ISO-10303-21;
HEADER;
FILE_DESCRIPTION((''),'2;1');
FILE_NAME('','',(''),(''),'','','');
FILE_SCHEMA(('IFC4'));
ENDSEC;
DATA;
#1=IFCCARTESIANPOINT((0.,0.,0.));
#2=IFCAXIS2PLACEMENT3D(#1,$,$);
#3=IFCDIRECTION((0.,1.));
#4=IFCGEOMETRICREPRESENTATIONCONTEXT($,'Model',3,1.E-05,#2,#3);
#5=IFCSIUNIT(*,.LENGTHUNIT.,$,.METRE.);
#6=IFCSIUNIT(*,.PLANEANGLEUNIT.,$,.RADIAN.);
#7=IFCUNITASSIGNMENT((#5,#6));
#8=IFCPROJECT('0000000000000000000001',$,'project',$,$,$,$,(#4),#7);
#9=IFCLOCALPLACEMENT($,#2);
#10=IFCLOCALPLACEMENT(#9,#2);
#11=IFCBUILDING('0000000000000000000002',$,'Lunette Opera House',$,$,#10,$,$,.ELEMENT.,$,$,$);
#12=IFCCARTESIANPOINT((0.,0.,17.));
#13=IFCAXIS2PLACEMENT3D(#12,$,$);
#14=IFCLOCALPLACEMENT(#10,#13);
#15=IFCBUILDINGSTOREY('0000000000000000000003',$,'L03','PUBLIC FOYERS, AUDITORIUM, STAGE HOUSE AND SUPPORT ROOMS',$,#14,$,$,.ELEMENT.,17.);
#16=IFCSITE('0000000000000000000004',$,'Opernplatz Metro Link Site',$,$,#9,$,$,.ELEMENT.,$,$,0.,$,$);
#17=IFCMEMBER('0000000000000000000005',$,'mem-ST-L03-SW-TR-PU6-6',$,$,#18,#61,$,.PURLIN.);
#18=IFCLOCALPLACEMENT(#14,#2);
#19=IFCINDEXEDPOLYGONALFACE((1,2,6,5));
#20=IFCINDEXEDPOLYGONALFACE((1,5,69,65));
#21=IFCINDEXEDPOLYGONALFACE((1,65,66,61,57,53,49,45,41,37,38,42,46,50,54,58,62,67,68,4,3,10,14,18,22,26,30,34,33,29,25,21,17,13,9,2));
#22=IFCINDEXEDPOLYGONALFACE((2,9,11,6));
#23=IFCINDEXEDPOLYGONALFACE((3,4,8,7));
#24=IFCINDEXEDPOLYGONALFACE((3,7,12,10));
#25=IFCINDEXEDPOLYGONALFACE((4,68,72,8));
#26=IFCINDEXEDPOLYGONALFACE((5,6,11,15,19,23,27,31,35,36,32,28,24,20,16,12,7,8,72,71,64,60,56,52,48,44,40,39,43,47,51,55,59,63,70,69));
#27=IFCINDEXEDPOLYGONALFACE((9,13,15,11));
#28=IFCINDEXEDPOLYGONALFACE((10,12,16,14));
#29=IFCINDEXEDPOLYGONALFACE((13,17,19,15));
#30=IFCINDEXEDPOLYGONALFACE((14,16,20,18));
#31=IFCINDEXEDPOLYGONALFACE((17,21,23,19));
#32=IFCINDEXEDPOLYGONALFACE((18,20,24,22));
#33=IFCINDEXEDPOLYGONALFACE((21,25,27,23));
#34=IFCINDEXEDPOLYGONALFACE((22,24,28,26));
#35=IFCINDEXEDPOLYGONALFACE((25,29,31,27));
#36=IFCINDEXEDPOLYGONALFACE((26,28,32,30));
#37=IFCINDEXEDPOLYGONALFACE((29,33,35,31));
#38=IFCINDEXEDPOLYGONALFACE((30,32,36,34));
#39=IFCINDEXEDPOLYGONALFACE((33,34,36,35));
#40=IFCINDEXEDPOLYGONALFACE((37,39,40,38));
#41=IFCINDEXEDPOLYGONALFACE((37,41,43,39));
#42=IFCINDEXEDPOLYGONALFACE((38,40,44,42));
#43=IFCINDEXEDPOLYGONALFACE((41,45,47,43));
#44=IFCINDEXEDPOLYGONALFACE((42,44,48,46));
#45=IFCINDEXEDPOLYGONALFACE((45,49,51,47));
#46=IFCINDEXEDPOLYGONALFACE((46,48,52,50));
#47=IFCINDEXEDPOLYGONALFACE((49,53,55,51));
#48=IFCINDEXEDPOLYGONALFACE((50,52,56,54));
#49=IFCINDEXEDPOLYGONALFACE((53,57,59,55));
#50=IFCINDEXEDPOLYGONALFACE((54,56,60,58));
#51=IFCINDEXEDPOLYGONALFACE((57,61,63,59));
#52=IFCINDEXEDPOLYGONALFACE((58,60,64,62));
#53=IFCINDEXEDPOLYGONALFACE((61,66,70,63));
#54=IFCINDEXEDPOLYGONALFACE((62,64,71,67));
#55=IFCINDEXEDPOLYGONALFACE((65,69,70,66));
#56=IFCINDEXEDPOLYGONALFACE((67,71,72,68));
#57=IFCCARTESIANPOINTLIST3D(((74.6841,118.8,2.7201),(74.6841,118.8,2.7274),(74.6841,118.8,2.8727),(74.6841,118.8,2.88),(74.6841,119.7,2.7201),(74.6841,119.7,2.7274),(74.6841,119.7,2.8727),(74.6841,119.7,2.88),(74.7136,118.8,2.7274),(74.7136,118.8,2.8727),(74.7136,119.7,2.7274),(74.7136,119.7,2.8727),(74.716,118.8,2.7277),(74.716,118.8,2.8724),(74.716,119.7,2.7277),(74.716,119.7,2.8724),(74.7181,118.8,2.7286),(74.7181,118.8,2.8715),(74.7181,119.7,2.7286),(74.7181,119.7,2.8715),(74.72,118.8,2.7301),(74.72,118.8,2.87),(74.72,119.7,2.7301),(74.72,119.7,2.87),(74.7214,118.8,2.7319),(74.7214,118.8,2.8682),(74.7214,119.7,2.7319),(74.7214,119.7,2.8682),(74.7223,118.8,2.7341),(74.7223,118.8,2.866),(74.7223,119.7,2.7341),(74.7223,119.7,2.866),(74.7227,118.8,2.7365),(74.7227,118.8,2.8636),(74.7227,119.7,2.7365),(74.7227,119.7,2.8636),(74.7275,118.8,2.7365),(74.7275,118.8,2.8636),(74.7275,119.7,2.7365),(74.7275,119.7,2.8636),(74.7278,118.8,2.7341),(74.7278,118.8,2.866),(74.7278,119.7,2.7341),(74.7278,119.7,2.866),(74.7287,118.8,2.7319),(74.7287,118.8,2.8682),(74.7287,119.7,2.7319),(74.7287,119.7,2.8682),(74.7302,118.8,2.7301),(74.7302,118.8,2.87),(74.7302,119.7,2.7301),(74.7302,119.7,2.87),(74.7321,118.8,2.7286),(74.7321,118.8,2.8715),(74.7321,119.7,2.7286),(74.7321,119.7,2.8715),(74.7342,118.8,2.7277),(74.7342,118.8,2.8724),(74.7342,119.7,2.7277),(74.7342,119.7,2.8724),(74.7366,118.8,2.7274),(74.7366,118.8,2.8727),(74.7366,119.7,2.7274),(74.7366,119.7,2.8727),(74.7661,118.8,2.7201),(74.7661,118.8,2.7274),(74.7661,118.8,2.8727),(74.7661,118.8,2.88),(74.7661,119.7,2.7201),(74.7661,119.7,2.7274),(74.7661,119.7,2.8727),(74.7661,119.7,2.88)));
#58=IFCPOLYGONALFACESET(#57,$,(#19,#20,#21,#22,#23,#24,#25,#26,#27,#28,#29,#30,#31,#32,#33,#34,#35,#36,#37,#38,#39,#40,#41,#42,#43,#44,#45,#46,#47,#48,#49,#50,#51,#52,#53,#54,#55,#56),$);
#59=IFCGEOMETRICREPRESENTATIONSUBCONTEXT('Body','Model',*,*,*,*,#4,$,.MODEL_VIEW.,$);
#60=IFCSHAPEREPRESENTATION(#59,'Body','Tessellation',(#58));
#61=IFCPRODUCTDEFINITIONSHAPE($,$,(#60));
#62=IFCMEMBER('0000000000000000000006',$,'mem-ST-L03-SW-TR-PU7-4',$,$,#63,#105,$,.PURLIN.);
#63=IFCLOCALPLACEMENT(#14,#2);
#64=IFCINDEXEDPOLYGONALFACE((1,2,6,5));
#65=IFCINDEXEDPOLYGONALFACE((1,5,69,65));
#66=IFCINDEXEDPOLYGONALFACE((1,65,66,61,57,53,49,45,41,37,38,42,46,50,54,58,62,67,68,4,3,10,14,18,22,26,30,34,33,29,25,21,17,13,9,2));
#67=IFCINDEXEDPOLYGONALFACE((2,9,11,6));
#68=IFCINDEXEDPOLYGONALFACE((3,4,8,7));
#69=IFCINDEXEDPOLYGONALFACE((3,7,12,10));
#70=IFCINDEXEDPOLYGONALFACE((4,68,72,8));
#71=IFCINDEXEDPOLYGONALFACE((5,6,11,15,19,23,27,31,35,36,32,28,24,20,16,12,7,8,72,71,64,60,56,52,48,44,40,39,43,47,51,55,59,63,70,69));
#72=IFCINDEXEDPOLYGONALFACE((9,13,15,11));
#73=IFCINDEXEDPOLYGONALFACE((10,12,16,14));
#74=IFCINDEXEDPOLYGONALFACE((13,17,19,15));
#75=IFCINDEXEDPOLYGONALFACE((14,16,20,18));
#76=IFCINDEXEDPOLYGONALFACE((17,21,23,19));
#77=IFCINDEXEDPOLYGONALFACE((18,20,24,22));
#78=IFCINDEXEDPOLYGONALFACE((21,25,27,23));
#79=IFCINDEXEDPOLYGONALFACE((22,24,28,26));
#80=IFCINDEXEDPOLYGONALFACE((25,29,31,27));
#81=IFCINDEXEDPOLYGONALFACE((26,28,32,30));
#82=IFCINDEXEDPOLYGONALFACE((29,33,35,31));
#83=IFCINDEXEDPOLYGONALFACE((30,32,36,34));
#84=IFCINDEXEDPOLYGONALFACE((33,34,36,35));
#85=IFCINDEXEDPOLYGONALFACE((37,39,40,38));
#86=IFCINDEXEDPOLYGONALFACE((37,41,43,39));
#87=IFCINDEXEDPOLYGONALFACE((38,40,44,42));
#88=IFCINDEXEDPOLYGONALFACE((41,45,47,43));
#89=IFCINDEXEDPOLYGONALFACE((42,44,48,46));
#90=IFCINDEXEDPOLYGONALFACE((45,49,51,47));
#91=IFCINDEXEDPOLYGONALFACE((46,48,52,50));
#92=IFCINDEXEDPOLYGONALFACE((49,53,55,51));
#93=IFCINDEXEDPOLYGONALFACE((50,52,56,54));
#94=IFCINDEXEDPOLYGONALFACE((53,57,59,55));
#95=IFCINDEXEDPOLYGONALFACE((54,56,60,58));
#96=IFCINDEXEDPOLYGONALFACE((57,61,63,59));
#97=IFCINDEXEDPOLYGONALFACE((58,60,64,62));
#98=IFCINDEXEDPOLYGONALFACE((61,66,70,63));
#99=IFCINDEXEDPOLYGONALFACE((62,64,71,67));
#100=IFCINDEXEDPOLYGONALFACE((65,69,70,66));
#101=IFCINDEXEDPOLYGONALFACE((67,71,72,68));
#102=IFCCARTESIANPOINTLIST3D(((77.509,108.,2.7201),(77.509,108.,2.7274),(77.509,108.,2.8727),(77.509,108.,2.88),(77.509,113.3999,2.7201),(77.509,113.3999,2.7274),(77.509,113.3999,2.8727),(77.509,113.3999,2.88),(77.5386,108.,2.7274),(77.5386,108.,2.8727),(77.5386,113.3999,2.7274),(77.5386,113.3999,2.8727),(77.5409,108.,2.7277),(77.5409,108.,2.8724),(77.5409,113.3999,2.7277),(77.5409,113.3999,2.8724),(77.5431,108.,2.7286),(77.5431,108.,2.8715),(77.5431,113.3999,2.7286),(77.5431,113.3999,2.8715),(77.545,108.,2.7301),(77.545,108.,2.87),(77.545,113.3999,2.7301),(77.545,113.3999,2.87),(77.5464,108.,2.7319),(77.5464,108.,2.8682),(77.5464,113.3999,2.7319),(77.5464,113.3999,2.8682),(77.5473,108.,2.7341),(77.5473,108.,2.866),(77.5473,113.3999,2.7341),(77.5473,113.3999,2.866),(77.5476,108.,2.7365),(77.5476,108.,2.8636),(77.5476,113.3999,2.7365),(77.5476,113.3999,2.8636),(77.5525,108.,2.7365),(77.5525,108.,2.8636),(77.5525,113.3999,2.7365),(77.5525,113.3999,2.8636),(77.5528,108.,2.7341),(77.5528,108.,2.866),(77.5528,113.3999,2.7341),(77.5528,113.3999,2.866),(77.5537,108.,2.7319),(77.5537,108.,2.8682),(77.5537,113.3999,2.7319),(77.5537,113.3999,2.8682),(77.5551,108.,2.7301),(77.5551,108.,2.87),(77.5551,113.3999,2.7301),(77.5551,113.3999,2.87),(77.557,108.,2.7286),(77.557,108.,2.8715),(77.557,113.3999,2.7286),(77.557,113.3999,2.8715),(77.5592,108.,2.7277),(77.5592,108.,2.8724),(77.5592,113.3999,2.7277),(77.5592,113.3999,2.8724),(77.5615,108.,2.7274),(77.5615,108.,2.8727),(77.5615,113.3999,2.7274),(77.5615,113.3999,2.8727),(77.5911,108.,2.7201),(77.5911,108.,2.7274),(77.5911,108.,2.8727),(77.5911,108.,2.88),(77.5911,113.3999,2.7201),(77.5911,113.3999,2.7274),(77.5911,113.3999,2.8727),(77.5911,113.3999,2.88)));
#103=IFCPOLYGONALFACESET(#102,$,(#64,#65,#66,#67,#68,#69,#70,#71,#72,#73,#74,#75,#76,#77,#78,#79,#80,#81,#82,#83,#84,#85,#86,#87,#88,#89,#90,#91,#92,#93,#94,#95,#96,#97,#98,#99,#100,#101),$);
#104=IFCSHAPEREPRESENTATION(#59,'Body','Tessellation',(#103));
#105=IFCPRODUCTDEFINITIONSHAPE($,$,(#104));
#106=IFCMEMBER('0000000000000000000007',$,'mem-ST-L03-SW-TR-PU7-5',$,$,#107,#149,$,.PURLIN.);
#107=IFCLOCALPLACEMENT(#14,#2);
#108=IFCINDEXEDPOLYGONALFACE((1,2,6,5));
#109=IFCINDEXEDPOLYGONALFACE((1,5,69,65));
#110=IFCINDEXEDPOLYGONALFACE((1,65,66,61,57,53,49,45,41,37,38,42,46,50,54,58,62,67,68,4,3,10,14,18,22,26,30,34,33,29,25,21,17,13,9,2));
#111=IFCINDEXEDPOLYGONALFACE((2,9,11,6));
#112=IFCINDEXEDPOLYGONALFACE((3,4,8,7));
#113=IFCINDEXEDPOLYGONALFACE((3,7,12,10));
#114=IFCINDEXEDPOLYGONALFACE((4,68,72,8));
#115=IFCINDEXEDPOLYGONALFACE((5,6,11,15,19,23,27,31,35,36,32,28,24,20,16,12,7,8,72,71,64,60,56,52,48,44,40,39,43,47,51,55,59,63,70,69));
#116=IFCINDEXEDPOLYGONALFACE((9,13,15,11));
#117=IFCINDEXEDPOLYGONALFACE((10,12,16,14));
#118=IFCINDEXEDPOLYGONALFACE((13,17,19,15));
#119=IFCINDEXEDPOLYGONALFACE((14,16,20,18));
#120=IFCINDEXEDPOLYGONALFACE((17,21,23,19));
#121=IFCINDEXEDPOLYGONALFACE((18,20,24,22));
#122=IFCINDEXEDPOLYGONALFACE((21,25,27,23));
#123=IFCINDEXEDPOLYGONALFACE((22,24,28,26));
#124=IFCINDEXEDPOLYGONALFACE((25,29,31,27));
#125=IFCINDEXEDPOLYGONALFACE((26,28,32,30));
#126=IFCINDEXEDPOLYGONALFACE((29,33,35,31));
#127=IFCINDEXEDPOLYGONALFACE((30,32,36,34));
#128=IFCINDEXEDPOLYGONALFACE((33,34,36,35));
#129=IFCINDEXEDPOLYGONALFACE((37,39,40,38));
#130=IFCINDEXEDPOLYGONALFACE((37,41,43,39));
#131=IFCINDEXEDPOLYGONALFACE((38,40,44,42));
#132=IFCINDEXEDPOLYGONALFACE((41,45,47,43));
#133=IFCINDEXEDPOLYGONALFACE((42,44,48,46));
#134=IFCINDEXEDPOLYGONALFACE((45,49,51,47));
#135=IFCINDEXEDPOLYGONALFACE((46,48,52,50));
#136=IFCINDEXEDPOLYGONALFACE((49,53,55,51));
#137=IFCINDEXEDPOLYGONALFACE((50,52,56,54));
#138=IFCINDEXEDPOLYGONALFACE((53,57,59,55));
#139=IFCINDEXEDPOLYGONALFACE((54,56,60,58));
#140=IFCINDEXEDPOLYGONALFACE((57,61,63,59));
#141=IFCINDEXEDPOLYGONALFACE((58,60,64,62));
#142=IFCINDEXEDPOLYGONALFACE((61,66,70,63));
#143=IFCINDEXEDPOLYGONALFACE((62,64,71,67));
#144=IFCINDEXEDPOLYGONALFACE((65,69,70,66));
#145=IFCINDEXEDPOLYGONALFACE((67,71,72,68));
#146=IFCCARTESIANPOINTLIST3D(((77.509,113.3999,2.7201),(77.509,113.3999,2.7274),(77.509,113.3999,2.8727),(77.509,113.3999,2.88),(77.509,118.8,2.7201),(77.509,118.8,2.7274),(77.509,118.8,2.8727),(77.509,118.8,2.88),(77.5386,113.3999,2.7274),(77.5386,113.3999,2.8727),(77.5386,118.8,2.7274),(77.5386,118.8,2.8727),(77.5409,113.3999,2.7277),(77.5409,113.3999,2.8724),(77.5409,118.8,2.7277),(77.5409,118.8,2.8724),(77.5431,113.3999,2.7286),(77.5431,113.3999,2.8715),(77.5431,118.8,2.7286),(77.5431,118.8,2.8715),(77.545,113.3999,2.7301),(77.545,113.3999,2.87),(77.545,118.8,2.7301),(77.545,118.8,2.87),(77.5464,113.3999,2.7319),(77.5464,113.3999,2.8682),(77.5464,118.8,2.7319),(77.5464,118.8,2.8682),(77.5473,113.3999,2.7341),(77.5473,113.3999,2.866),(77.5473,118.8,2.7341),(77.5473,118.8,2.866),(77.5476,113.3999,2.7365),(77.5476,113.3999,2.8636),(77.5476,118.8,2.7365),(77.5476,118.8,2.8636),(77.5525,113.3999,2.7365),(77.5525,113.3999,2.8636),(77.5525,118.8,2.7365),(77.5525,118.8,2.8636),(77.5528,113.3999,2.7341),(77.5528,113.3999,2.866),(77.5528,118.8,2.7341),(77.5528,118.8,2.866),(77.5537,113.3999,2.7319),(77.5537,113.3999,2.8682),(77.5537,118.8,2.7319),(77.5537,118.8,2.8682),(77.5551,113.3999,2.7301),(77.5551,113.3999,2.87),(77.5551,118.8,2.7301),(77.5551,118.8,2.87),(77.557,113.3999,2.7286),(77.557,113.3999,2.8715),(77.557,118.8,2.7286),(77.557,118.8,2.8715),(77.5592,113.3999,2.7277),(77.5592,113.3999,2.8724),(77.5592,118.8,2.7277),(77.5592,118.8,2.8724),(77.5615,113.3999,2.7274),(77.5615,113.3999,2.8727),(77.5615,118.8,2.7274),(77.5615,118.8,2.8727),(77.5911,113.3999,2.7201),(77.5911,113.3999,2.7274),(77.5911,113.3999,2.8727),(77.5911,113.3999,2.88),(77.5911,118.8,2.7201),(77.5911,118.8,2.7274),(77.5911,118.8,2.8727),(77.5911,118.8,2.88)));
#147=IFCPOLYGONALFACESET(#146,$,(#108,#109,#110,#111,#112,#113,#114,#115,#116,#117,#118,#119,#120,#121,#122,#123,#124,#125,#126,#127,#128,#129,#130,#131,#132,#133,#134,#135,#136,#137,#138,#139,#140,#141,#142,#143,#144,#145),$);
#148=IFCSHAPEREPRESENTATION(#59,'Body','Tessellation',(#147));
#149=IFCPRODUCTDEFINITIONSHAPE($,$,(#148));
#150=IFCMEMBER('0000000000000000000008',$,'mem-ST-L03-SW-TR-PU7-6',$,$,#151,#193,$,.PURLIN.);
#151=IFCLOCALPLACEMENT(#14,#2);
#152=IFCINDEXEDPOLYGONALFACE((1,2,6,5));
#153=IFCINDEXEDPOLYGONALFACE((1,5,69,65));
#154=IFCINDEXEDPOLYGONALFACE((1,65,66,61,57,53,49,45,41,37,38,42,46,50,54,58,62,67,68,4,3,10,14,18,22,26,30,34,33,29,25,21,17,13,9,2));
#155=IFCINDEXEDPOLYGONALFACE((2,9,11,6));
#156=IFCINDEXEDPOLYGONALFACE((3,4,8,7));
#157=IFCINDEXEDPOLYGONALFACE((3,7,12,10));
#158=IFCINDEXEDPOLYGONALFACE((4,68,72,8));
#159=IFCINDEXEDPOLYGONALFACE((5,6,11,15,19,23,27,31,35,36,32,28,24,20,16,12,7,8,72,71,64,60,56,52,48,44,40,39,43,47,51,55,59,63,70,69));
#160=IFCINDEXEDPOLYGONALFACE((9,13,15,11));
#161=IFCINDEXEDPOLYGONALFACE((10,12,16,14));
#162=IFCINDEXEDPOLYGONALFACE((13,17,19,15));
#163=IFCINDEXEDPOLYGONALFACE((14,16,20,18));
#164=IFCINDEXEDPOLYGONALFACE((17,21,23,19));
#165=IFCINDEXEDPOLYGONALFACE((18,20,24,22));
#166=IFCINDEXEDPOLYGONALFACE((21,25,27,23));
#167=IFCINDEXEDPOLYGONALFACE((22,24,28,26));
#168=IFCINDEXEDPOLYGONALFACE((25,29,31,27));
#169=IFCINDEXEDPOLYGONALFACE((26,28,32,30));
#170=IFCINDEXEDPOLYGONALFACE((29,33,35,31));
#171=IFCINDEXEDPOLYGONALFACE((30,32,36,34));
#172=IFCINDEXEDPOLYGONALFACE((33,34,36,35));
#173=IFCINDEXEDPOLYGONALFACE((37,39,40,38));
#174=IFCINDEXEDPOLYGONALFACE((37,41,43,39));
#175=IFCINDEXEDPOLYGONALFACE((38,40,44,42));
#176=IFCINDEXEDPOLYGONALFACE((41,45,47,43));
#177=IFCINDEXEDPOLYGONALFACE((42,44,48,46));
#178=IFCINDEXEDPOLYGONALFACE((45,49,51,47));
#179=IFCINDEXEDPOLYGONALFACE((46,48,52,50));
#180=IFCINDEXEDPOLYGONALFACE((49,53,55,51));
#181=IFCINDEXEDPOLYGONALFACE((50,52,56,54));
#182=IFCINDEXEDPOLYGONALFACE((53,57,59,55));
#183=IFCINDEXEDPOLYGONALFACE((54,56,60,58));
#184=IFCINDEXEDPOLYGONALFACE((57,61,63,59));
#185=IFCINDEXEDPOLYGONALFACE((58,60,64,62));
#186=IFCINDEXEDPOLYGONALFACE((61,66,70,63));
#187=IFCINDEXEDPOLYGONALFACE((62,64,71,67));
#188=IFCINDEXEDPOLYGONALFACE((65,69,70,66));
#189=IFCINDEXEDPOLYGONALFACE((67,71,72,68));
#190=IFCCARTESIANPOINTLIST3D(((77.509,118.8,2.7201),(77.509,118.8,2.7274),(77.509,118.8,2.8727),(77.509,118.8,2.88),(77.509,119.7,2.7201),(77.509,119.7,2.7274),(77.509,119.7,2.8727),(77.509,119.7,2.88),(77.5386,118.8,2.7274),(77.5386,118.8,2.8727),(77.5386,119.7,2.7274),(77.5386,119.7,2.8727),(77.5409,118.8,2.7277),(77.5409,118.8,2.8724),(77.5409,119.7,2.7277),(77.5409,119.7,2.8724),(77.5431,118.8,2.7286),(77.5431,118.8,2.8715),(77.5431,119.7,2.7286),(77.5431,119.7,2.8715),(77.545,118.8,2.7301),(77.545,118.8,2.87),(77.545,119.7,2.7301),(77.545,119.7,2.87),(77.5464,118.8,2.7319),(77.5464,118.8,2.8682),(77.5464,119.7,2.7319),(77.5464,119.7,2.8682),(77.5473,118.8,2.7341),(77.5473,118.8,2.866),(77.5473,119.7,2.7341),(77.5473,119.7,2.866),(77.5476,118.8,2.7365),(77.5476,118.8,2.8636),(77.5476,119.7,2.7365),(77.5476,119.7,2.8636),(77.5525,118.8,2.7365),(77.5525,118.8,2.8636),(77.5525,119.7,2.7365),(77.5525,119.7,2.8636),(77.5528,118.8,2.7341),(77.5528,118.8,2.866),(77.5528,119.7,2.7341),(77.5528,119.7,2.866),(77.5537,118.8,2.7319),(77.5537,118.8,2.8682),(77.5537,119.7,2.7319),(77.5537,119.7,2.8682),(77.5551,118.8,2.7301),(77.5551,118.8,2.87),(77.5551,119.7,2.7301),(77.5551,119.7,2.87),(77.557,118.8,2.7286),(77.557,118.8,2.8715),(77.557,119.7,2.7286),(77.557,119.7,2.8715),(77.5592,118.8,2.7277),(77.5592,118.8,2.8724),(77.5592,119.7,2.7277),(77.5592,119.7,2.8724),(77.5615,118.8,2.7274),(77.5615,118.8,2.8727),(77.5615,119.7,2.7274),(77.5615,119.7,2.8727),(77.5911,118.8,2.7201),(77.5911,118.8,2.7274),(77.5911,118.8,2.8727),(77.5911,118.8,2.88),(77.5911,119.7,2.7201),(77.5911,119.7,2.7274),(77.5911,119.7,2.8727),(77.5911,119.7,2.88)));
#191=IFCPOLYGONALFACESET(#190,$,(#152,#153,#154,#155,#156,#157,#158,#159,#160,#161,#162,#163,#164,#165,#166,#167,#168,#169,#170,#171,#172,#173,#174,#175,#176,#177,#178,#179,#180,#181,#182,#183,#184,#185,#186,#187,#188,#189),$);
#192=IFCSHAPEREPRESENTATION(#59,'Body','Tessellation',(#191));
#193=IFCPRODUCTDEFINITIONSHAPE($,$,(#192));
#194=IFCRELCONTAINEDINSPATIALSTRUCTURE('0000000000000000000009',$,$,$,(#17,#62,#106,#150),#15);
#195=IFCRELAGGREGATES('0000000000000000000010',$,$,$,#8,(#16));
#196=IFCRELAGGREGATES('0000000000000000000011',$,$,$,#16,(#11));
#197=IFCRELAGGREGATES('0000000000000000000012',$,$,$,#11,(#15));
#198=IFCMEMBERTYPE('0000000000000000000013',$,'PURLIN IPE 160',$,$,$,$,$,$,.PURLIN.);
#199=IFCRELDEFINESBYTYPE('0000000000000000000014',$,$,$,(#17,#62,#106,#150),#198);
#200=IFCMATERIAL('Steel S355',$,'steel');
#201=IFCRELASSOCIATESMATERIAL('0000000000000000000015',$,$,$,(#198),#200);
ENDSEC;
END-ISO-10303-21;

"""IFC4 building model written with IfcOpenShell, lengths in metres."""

from ifc_helpers import new_model, si_unit, direction, frame, origin, origin_2d, place, context, subcontext, project, spatial, i_section, extrude, material, material_profile, profile_set, type_object, element, save


model = new_model("IFC4")

# Units and contexts
model_context = context("Model", 3, precision=1e-05, world=origin(), true_north=direction((0.0, 1.0)))
body_context = subcontext(model_context, "Body", "Model", "MODEL_VIEW")
ifc_project = project(units=[si_unit("LENGTHUNIT", "METRE"), si_unit("PLANEANGLEUNIT", "RADIAN")], contexts=[model_context])

# Site, building, storey
site_placement = place(None, origin())
site = spatial("IfcSite", under=ifc_project, at=site_placement, Name="Opernplatz Metro Link Site", CompositionType="ELEMENT", RefElevation=0.0)
building_placement = place(site_placement, origin())
building = spatial("IfcBuilding", under=site, at=building_placement, Name="Lunette Opera House", CompositionType="ELEMENT")
storey_placement = place(building_placement, frame((0.0, 0.0, 17.0)))
storey = spatial("IfcBuildingStorey", under=building, at=storey_placement, Name="L03", Description="PUBLIC FOYERS, AUDITORIUM, STAGE HOUSE AND SUPPORT ROOMS", CompositionType="ELEMENT", Elevation=17.0)

# Members
ifc_material_1 = material(Name="Steel S355", Category="steel")
ifc_material_profile_1 = material_profile(ifc_material_1, i_section(OverallWidth=0.082, OverallDepth=0.1599, WebThickness=0.0049, FlangeThickness=0.0073, FilletRadius=0.009, at=origin_2d()), Name="IPE 160")
ifc_profile_set_1 = profile_set([ifc_material_profile_1], Name="Steel S355")
member_type_1 = type_object("IfcMemberType", Name="PURLIN IPE 160", PredefinedType="PURLIN", material=ifc_profile_set_1)
member_1_placement = place(storey_placement, frame((74.7251, 118.8, 2.8), z_axis=(0.0, 1.0, 0.0), x_axis=(-1.0, 0.0, 0.0)))
element("IfcMember", 1, at=member_1_placement, inside=storey, type_object=member_type_1, Name="mem-ST-L03-SW-TR-PU6-6", PredefinedType="PURLIN", context=body_context, shape_type="SweptSolid", body=[
    extrude(i_section(OverallWidth=0.082, OverallDepth=0.1599, WebThickness=0.0049, FlangeThickness=0.0073, FilletRadius=0.009, at=origin_2d()), origin(), (0.0, 0.0, 1.0), 0.8999),
])
member_2_placement = place(storey_placement, frame((77.55, 108.0, 2.8), z_axis=(0.0, 1.0, 0.0), x_axis=(-1.0, 0.0, 0.0)))
element("IfcMember", 2, at=member_2_placement, inside=storey, type_object=member_type_1, Name="mem-ST-L03-SW-TR-PU7-4", PredefinedType="PURLIN", context=body_context, shape_type="SweptSolid", body=[
    extrude(i_section(OverallWidth=0.082, OverallDepth=0.1599, WebThickness=0.0049, FlangeThickness=0.0073, FilletRadius=0.009, at=origin_2d()), origin(), (0.0, 0.0, 1.0), 5.3999),
])
member_3_placement = place(storey_placement, frame((77.55, 113.3999, 2.8), z_axis=(0.0, 1.0, 0.0), x_axis=(-1.0, 0.0, 0.0)))
element("IfcMember", 3, at=member_3_placement, inside=storey, type_object=member_type_1, Name="mem-ST-L03-SW-TR-PU7-5", PredefinedType="PURLIN", context=body_context, shape_type="SweptSolid", body=[
    extrude(i_section(OverallWidth=0.082, OverallDepth=0.1599, WebThickness=0.0049, FlangeThickness=0.0073, FilletRadius=0.009, at=origin_2d()), origin(), (0.0, 0.0, 1.0), 5.4001),
])
member_4_placement = place(storey_placement, frame((77.55, 118.8, 2.8), z_axis=(0.0, 1.0, 0.0), x_axis=(-1.0, 0.0, 0.0)))
element("IfcMember", 4, at=member_4_placement, inside=storey, type_object=member_type_1, Name="mem-ST-L03-SW-TR-PU7-6", PredefinedType="PURLIN", context=body_context, shape_type="SweptSolid", body=[
    extrude(i_section(OverallWidth=0.082, OverallDepth=0.1599, WebThickness=0.0049, FlangeThickness=0.0073, FilletRadius=0.009, at=origin_2d()), origin(), (0.0, 0.0, 1.0), 0.8999),
])

save(model, "model.ifc")
